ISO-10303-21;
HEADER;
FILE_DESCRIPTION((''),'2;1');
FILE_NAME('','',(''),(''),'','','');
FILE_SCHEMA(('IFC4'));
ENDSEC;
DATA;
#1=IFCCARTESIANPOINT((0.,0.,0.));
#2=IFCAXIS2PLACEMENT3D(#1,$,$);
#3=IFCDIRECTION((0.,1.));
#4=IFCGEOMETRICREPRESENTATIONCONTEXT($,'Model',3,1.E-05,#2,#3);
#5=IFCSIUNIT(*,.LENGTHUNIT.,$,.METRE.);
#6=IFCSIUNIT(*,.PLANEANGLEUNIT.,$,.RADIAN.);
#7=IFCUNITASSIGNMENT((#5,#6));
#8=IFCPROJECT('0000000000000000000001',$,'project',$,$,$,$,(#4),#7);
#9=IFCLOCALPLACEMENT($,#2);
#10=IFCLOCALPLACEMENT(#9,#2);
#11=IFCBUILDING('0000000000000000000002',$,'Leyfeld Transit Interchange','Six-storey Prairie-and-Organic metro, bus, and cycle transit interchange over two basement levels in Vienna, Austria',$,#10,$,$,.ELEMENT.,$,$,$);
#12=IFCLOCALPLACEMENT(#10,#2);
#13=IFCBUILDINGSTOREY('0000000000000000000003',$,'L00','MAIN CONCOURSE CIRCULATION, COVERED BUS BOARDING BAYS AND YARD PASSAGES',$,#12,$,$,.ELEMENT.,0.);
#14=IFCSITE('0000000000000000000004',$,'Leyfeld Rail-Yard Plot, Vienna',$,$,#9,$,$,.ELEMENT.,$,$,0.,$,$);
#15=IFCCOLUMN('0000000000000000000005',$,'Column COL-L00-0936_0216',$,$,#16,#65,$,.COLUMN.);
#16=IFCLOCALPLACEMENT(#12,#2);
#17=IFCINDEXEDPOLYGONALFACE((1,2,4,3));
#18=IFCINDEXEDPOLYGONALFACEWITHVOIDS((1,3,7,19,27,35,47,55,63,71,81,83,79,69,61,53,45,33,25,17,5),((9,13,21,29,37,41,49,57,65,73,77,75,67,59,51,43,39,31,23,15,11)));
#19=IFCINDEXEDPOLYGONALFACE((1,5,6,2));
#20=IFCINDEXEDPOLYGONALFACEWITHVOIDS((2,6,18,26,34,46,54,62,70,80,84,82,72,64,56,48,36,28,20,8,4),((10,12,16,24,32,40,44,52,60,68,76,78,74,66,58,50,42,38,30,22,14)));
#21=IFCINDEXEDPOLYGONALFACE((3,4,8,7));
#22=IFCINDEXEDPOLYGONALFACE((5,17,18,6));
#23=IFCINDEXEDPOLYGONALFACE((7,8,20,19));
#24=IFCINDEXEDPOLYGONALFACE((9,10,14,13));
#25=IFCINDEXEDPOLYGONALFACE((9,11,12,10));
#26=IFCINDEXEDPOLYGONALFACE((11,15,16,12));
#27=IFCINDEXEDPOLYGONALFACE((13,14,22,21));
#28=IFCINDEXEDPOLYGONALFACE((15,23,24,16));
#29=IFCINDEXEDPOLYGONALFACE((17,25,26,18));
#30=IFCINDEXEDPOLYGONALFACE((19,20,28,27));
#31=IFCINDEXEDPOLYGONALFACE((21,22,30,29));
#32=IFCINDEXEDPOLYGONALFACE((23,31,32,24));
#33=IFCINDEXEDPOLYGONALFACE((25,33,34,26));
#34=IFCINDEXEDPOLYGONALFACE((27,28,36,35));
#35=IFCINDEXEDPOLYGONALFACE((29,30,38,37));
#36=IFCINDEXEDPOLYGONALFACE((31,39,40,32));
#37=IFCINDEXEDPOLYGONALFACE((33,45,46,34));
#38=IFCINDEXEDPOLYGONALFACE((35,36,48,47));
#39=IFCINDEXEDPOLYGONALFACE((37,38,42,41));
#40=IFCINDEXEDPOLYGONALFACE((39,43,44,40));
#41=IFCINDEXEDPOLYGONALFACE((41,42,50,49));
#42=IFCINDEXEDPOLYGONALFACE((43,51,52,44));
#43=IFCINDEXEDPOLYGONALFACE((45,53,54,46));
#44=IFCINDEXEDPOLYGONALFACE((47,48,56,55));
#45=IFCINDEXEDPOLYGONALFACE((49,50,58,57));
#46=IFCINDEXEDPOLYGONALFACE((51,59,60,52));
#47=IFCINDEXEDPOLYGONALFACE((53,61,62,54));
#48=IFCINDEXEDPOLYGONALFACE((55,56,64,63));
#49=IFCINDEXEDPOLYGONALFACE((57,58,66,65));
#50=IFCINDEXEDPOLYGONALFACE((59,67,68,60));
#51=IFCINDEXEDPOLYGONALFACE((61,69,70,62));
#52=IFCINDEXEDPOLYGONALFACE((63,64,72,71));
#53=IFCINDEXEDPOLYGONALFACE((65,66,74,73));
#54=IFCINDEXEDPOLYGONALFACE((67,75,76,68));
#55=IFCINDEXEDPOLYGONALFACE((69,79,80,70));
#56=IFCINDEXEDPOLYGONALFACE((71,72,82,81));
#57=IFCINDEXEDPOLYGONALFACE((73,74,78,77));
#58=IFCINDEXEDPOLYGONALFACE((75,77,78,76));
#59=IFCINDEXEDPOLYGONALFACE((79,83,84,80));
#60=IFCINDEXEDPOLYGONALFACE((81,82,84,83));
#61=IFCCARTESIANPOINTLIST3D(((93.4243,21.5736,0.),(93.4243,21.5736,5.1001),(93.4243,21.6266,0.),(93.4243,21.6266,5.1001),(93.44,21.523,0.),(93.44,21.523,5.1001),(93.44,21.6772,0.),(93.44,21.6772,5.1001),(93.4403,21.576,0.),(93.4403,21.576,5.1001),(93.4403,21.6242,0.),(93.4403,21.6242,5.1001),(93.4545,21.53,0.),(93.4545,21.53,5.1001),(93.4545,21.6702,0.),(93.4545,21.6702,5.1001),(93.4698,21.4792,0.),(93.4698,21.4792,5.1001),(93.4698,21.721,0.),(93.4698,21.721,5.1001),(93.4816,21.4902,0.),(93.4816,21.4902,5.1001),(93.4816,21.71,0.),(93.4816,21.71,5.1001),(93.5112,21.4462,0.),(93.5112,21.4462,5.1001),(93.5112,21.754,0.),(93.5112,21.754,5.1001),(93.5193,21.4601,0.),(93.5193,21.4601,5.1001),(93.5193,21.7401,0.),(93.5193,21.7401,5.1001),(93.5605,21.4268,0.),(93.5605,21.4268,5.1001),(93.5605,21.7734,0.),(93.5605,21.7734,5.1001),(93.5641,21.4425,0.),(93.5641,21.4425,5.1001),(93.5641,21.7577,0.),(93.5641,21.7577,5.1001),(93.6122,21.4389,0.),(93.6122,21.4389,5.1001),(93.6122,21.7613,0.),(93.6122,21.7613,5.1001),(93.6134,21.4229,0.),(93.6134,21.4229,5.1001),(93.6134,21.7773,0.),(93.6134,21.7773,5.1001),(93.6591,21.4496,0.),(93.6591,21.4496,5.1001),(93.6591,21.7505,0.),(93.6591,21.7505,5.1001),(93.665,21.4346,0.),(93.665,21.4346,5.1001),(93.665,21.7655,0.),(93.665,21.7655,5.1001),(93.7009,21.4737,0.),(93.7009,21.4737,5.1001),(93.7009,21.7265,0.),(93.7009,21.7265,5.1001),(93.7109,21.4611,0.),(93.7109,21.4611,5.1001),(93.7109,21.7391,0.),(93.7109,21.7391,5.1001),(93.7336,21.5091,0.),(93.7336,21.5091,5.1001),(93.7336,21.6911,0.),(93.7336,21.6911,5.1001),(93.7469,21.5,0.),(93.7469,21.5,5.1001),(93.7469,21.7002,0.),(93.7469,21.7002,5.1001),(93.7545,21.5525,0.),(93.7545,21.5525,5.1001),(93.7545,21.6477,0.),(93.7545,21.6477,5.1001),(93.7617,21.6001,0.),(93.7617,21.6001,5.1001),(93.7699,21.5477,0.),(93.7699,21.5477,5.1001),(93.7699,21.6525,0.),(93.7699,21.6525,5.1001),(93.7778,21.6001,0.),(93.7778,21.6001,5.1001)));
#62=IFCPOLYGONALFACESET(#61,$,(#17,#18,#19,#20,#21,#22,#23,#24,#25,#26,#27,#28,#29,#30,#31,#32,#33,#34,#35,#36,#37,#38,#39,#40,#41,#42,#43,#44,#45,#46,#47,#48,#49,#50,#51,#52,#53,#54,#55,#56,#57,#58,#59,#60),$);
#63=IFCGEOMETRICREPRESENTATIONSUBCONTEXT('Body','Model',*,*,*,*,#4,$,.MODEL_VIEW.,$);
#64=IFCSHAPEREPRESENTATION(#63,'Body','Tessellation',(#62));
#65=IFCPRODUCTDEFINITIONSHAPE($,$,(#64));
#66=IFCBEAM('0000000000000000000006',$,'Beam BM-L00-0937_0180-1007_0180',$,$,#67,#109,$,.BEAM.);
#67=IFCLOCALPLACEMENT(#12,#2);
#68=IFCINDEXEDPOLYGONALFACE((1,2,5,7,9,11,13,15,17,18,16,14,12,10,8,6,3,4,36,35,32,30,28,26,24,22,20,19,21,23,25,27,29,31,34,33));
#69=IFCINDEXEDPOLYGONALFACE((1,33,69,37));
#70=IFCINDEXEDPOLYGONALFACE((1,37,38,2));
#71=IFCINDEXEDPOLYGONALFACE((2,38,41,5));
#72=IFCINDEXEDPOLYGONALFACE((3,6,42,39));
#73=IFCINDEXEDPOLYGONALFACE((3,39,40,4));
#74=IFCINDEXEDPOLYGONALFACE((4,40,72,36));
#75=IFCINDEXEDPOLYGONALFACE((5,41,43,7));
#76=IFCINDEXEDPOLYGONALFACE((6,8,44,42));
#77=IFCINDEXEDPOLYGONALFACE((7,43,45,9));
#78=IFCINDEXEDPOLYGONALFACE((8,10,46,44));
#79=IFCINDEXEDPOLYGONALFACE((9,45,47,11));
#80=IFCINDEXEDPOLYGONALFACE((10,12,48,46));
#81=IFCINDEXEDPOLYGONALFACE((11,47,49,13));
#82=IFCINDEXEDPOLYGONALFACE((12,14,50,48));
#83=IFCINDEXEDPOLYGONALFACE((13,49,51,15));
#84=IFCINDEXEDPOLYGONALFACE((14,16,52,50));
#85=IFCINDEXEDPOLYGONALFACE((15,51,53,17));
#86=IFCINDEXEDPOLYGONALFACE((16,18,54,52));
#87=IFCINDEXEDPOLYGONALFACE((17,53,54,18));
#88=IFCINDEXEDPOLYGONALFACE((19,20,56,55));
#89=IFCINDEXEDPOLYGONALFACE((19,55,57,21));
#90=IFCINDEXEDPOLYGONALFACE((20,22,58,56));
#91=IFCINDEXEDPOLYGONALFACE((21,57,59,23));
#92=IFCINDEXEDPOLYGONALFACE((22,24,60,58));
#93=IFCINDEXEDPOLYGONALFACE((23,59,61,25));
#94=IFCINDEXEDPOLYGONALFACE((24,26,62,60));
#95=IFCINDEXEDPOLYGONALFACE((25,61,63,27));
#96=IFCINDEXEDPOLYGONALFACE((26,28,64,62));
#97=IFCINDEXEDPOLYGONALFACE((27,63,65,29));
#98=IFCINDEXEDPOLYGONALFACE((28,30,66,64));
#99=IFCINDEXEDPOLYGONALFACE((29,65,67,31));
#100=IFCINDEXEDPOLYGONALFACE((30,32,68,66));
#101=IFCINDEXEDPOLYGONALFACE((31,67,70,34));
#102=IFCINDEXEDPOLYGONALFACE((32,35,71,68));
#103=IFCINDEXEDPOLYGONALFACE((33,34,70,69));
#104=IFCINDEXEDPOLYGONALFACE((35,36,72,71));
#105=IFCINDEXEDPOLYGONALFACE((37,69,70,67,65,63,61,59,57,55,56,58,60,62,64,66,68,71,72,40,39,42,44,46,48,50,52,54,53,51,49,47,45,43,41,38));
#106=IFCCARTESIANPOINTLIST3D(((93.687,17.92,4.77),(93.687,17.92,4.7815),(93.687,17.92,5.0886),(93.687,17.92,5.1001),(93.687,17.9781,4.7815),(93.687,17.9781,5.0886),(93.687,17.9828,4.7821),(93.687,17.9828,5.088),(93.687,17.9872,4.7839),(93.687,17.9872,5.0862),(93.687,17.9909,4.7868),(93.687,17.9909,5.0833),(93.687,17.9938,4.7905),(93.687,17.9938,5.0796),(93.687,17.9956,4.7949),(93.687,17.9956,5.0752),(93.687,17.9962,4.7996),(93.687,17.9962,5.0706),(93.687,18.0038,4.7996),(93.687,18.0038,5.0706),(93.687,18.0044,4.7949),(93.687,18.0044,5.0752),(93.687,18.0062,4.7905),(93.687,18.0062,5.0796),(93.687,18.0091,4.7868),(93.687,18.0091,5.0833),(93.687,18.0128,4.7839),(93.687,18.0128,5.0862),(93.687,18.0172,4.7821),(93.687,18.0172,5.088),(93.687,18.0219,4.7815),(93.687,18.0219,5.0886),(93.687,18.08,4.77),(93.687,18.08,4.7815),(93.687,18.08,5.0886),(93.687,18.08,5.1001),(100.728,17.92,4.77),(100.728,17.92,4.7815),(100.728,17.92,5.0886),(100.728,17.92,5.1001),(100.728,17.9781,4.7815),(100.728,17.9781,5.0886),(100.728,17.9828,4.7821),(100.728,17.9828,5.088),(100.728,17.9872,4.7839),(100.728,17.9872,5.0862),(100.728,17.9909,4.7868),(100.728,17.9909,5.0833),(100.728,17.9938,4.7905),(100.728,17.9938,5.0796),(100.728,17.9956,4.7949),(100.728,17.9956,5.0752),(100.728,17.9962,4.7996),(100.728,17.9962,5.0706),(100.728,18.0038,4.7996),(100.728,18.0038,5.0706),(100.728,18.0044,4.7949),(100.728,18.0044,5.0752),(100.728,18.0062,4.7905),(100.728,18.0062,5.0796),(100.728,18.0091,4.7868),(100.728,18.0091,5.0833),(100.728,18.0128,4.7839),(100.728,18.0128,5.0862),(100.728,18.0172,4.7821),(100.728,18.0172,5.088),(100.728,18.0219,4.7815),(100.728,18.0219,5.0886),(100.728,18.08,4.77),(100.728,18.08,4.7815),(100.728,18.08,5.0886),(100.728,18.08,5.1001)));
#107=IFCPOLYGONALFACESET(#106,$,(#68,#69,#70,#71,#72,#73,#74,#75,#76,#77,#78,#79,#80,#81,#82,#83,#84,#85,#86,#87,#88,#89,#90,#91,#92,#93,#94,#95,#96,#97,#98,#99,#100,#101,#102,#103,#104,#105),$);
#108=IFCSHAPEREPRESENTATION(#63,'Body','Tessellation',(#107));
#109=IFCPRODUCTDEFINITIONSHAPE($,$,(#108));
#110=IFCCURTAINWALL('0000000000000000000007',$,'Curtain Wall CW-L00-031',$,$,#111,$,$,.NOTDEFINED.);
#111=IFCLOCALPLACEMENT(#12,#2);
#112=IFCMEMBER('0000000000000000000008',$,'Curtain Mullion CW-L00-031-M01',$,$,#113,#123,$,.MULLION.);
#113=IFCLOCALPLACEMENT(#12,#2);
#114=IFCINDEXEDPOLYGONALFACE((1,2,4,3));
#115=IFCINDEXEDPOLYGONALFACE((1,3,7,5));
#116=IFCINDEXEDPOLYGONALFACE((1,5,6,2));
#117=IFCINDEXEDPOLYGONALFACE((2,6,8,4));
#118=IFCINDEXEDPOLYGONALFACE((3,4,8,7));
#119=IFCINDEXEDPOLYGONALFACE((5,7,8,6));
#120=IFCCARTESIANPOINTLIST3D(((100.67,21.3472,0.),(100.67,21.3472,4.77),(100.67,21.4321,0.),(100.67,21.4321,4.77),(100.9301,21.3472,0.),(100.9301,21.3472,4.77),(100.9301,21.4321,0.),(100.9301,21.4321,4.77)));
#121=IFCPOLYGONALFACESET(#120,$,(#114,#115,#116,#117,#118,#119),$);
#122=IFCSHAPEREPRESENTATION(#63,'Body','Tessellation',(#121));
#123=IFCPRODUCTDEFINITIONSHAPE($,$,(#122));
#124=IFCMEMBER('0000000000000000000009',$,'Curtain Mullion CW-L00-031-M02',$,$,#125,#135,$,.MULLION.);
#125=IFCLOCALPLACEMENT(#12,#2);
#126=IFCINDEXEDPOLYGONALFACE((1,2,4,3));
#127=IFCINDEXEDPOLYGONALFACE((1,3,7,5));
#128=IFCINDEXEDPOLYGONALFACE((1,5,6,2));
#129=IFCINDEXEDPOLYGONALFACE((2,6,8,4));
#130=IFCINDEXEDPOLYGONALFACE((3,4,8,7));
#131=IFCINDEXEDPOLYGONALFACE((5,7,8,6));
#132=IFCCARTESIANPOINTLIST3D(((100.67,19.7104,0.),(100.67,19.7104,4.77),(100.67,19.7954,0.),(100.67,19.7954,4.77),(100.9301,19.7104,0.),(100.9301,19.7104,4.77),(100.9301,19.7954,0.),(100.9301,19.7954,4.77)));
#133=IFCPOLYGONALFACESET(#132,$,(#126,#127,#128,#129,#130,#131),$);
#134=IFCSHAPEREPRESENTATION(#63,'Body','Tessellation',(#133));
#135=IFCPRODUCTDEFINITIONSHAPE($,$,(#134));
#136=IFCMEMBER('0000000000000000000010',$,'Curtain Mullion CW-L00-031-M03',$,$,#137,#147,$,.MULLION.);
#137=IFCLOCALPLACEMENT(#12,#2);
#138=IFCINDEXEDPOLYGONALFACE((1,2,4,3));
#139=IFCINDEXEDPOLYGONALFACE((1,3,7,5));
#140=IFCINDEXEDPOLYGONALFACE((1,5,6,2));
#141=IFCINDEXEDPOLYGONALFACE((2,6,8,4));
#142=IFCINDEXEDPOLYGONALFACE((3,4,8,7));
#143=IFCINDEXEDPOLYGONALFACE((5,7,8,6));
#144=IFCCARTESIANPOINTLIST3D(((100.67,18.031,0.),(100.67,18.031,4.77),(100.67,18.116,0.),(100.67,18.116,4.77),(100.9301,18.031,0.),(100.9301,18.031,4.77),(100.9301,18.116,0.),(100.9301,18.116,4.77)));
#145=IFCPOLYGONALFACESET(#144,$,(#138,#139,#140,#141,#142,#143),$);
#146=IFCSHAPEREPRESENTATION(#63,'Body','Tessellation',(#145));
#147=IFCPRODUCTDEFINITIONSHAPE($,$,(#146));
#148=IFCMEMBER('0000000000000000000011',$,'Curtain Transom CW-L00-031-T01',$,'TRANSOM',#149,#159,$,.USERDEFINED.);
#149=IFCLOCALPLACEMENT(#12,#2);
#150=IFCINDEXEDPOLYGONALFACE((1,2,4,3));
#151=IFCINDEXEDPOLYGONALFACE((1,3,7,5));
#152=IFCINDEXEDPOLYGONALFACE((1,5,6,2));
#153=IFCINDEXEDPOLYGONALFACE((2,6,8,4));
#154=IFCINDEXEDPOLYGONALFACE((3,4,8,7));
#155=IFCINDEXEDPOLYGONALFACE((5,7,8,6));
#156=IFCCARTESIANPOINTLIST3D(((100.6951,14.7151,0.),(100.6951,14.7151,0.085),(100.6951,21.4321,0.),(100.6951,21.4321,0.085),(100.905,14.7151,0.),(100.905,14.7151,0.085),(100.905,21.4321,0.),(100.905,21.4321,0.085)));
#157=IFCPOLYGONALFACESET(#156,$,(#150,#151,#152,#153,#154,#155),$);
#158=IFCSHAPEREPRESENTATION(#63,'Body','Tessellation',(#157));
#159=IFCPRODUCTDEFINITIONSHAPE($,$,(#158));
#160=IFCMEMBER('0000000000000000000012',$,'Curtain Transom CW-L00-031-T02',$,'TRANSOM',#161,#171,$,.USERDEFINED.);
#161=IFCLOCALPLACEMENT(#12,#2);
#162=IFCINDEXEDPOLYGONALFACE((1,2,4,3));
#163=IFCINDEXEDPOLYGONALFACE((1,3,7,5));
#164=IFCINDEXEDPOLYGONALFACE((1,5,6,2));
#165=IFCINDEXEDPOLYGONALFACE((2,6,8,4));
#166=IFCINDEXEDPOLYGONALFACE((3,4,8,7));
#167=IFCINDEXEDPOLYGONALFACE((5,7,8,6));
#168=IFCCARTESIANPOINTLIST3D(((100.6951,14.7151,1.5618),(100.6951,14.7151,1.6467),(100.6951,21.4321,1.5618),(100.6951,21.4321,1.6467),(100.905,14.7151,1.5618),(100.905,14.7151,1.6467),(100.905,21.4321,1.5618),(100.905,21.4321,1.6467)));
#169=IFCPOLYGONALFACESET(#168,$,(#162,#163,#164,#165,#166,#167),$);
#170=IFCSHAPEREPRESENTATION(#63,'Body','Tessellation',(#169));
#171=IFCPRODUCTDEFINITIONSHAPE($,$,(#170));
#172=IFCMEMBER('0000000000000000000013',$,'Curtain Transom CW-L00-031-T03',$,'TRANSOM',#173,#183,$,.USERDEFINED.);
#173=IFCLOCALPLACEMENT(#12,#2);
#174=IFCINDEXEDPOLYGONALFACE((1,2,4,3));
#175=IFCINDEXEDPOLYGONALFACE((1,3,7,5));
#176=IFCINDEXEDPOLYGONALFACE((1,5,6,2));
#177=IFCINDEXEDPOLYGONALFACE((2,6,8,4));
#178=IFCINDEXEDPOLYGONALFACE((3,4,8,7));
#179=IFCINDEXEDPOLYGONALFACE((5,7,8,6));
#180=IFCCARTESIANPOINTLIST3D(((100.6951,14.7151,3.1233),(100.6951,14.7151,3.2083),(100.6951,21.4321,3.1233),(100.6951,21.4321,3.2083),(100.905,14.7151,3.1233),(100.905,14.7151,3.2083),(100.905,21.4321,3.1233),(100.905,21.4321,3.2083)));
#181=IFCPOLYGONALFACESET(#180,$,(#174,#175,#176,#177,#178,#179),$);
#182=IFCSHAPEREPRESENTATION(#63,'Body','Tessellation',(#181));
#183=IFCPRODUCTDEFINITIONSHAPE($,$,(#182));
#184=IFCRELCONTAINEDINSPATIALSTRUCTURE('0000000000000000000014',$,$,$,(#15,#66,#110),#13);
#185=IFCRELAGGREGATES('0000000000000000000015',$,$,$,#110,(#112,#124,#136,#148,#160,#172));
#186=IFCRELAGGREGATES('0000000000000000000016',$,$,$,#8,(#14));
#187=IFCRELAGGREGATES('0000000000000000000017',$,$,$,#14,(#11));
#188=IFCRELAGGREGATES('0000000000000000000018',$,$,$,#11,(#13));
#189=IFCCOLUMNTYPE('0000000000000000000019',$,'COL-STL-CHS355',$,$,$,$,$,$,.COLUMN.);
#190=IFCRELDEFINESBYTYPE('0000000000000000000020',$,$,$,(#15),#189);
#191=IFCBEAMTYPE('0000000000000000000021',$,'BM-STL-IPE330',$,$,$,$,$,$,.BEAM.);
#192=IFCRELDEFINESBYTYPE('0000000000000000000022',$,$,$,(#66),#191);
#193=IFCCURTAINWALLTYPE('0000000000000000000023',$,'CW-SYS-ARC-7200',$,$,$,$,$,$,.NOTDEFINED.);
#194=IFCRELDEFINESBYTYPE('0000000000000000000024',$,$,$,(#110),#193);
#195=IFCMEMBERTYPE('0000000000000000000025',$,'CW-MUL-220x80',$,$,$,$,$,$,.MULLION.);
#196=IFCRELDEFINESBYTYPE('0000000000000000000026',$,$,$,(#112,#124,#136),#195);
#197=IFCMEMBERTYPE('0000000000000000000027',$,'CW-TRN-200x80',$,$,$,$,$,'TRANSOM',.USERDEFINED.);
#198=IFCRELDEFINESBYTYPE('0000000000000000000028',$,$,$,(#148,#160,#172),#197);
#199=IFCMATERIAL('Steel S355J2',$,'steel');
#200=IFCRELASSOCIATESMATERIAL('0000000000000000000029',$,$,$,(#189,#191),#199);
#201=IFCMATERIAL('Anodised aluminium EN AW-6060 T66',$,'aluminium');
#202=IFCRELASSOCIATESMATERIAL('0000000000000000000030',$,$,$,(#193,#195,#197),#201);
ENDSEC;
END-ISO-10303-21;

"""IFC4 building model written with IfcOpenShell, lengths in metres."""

from ifc_helpers import new_model, si_unit, direction, frame, origin, origin_2d, place, context, subcontext, project, spatial, rectangle, hollow_circle, i_section, extrude, material, material_profile, profile_set, type_object, element, aggregate, save


model = new_model("IFC4")

# Units and contexts
model_context = context("Model", 3, precision=1e-05, world=origin(), true_north=direction((0.0, 1.0)))
body_context = subcontext(model_context, "Body", "Model", "MODEL_VIEW")
ifc_project = project(units=[si_unit("LENGTHUNIT", "METRE"), si_unit("PLANEANGLEUNIT", "RADIAN")], contexts=[model_context])

# Site, building, storey
site_placement = place(None, origin())
site = spatial("IfcSite", under=ifc_project, at=site_placement, Name="Leyfeld Rail-Yard Plot, Vienna", CompositionType="ELEMENT", RefElevation=0.0)
building_placement = place(site_placement, origin())
building = spatial("IfcBuilding", under=site, at=building_placement, Name="Leyfeld Transit Interchange", Description="Six-storey Prairie-and-Organic metro, bus, and cycle transit interchange over two basement levels in Vienna, Austria", CompositionType="ELEMENT")
storey_placement = place(building_placement, origin())
storey = spatial("IfcBuildingStorey", under=building, at=storey_placement, Name="L00", Description="MAIN CONCOURSE CIRCULATION, COVERED BUS BOARDING BAYS AND YARD PASSAGES", CompositionType="ELEMENT", Elevation=0.0)

# Column
ifc_material_1 = material(Name="Steel S355J2", Category="steel")
ifc_material_profile_1 = material_profile(ifc_material_1, hollow_circle(Radius=0.1777, WallThickness=0.0161, at=origin_2d()), Name="CHS 355.6x16")
ifc_profile_set_1 = profile_set([ifc_material_profile_1], Name="Steel S355J2")
column_type = type_object("IfcColumnType", Name="COL-STL-CHS355", PredefinedType="COLUMN", material=ifc_profile_set_1)
column_placement = place(storey_placement, frame((93.6001, 21.6001, 0.0), z_axis=(0.0, 0.0, 1.0), x_axis=(1.0, 0.0, 0.0)))
element("IfcColumn", 1, at=column_placement, inside=storey, type_object=column_type, Name="Column COL-L00-0936_0216", PredefinedType="COLUMN", context=body_context, shape_type="SweptSolid", body=[
    extrude(hollow_circle(Radius=0.1777, WallThickness=0.0161, at=origin_2d()), origin(), (0.0, 0.0, 1.0), 5.1001),
])

# Beam
ifc_material_profile_2 = material_profile(ifc_material_1, i_section(OverallWidth=0.1599, OverallDepth=0.3301, WebThickness=0.0076, FlangeThickness=0.0115, FilletRadius=0.0181, at=origin_2d()), Name="IPE 330")
ifc_profile_set_2 = profile_set([ifc_material_profile_2], Name="Steel S355J2")
beam_type = type_object("IfcBeamType", Name="BM-STL-IPE330", PredefinedType="BEAM", material=ifc_profile_set_2)
beam_placement = place(storey_placement, frame((93.687, 18.0, 4.9351), z_axis=(1.0, 0.0, 0.0), x_axis=(0.0, 1.0, 0.0)))
element("IfcBeam", 2, at=beam_placement, inside=storey, type_object=beam_type, Name="Beam BM-L00-0937_0180-1007_0180", PredefinedType="BEAM", context=body_context, shape_type="SweptSolid", body=[
    extrude(i_section(OverallWidth=0.1599, OverallDepth=0.3301, WebThickness=0.0076, FlangeThickness=0.0115, FilletRadius=0.0181, at=origin_2d()), origin(), (0.0, 0.0, 1.0), 7.041),
])

# Curtain wall, members
ifc_material_2 = material(Name="Anodised aluminium EN AW-6060 T66", Category="aluminium")
curtain_wall_type = type_object("IfcCurtainWallType", Name="CW-SYS-ARC-7200", PredefinedType="NOTDEFINED", material=ifc_material_2)
curtain_wall_placement = place(storey_placement, origin())
curtain_wall = element("IfcCurtainWall", 3, at=curtain_wall_placement, inside=storey, type_object=curtain_wall_type, Name="Curtain Wall CW-L00-031", PredefinedType="NOTDEFINED")
ifc_material_profile_3 = material_profile(ifc_material_2, rectangle(XDim=0.085, YDim=0.26, at=origin_2d()), Name="CW-M 85x260")
ifc_profile_set_3 = profile_set([ifc_material_profile_3], Name="Anodised aluminium EN AW-6060 T66")
member_type_1 = type_object("IfcMemberType", Name="CW-MUL-220x80", PredefinedType="MULLION", material=ifc_profile_set_3)
member_1_placement = place(storey_placement, frame((100.8, 21.3896, 0.0), z_axis=(0.0, 0.0, 1.0), x_axis=(0.0, -1.0, 0.0)))
member_1 = element("IfcMember", 4, at=member_1_placement, type_object=member_type_1, Name="Curtain Mullion CW-L00-031-M01", PredefinedType="MULLION", context=body_context, shape_type="SweptSolid", body=[
    extrude(rectangle(XDim=0.085, YDim=0.26, at=origin_2d()), origin(), (0.0, 0.0, 1.0), 4.77),
])
member_2_placement = place(storey_placement, frame((100.8, 19.7529, 0.0), z_axis=(0.0, 0.0, 1.0), x_axis=(0.0, -1.0, 0.0)))
member_2 = element("IfcMember", 5, at=member_2_placement, type_object=member_type_1, Name="Curtain Mullion CW-L00-031-M02", PredefinedType="MULLION", context=body_context, shape_type="SweptSolid", body=[
    extrude(rectangle(XDim=0.085, YDim=0.26, at=origin_2d()), origin(), (0.0, 0.0, 1.0), 4.77),
])
member_3_placement = place(storey_placement, frame((100.8, 18.0735, 0.0), z_axis=(0.0, 0.0, 1.0), x_axis=(0.0, -1.0, 0.0)))
member_3 = element("IfcMember", 6, at=member_3_placement, type_object=member_type_1, Name="Curtain Mullion CW-L00-031-M03", PredefinedType="MULLION", context=body_context, shape_type="SweptSolid", body=[
    extrude(rectangle(XDim=0.085, YDim=0.26, at=origin_2d()), origin(), (0.0, 0.0, 1.0), 4.77),
])
ifc_material_profile_4 = material_profile(ifc_material_2, rectangle(XDim=0.21, YDim=0.085, at=origin_2d()), Name="CW-TRN-200x80")
ifc_profile_set_4 = profile_set([ifc_material_profile_4], Name="Anodised aluminium EN AW-6060 T66")
member_type_2 = type_object("IfcMemberType", Name="CW-TRN-200x80", ElementType="TRANSOM", PredefinedType="USERDEFINED", material=ifc_profile_set_4)
member_4_placement = place(storey_placement, frame((100.8, 21.4321, 0.0425), z_axis=(0.0, -1.0, 0.0), x_axis=(1.0, 0.0, 0.0)))
member_4 = element("IfcMember", 7, at=member_4_placement, type_object=member_type_2, Name="Curtain Transom CW-L00-031-T01", ObjectType="TRANSOM", PredefinedType="USERDEFINED", context=body_context, shape_type="SweptSolid", body=[
    extrude(rectangle(XDim=0.21, YDim=0.085, at=origin_2d()), origin(), (0.0, 0.0, 1.0), 6.717),
])
member_5_placement = place(storey_placement, frame((100.8, 21.4321, 1.6042), z_axis=(0.0, -1.0, 0.0), x_axis=(1.0, 0.0, 0.0)))
member_5 = element("IfcMember", 8, at=member_5_placement, type_object=member_type_2, Name="Curtain Transom CW-L00-031-T02", ObjectType="TRANSOM", PredefinedType="USERDEFINED", context=body_context, shape_type="SweptSolid", body=[
    extrude(rectangle(XDim=0.21, YDim=0.085, at=origin_2d()), origin(), (0.0, 0.0, 1.0), 6.717),
])
member_6_placement = place(storey_placement, frame((100.8, 21.4321, 3.1658), z_axis=(0.0, -1.0, 0.0), x_axis=(1.0, 0.0, 0.0)))
member_6 = element("IfcMember", 9, at=member_6_placement, type_object=member_type_2, Name="Curtain Transom CW-L00-031-T03", ObjectType="TRANSOM", PredefinedType="USERDEFINED", context=body_context, shape_type="SweptSolid", body=[
    extrude(rectangle(XDim=0.21, YDim=0.085, at=origin_2d()), origin(), (0.0, 0.0, 1.0), 6.717),
])
aggregate(curtain_wall, [member_1, member_2, member_3, member_4, member_5, member_6])

save(model, "model.ifc")
